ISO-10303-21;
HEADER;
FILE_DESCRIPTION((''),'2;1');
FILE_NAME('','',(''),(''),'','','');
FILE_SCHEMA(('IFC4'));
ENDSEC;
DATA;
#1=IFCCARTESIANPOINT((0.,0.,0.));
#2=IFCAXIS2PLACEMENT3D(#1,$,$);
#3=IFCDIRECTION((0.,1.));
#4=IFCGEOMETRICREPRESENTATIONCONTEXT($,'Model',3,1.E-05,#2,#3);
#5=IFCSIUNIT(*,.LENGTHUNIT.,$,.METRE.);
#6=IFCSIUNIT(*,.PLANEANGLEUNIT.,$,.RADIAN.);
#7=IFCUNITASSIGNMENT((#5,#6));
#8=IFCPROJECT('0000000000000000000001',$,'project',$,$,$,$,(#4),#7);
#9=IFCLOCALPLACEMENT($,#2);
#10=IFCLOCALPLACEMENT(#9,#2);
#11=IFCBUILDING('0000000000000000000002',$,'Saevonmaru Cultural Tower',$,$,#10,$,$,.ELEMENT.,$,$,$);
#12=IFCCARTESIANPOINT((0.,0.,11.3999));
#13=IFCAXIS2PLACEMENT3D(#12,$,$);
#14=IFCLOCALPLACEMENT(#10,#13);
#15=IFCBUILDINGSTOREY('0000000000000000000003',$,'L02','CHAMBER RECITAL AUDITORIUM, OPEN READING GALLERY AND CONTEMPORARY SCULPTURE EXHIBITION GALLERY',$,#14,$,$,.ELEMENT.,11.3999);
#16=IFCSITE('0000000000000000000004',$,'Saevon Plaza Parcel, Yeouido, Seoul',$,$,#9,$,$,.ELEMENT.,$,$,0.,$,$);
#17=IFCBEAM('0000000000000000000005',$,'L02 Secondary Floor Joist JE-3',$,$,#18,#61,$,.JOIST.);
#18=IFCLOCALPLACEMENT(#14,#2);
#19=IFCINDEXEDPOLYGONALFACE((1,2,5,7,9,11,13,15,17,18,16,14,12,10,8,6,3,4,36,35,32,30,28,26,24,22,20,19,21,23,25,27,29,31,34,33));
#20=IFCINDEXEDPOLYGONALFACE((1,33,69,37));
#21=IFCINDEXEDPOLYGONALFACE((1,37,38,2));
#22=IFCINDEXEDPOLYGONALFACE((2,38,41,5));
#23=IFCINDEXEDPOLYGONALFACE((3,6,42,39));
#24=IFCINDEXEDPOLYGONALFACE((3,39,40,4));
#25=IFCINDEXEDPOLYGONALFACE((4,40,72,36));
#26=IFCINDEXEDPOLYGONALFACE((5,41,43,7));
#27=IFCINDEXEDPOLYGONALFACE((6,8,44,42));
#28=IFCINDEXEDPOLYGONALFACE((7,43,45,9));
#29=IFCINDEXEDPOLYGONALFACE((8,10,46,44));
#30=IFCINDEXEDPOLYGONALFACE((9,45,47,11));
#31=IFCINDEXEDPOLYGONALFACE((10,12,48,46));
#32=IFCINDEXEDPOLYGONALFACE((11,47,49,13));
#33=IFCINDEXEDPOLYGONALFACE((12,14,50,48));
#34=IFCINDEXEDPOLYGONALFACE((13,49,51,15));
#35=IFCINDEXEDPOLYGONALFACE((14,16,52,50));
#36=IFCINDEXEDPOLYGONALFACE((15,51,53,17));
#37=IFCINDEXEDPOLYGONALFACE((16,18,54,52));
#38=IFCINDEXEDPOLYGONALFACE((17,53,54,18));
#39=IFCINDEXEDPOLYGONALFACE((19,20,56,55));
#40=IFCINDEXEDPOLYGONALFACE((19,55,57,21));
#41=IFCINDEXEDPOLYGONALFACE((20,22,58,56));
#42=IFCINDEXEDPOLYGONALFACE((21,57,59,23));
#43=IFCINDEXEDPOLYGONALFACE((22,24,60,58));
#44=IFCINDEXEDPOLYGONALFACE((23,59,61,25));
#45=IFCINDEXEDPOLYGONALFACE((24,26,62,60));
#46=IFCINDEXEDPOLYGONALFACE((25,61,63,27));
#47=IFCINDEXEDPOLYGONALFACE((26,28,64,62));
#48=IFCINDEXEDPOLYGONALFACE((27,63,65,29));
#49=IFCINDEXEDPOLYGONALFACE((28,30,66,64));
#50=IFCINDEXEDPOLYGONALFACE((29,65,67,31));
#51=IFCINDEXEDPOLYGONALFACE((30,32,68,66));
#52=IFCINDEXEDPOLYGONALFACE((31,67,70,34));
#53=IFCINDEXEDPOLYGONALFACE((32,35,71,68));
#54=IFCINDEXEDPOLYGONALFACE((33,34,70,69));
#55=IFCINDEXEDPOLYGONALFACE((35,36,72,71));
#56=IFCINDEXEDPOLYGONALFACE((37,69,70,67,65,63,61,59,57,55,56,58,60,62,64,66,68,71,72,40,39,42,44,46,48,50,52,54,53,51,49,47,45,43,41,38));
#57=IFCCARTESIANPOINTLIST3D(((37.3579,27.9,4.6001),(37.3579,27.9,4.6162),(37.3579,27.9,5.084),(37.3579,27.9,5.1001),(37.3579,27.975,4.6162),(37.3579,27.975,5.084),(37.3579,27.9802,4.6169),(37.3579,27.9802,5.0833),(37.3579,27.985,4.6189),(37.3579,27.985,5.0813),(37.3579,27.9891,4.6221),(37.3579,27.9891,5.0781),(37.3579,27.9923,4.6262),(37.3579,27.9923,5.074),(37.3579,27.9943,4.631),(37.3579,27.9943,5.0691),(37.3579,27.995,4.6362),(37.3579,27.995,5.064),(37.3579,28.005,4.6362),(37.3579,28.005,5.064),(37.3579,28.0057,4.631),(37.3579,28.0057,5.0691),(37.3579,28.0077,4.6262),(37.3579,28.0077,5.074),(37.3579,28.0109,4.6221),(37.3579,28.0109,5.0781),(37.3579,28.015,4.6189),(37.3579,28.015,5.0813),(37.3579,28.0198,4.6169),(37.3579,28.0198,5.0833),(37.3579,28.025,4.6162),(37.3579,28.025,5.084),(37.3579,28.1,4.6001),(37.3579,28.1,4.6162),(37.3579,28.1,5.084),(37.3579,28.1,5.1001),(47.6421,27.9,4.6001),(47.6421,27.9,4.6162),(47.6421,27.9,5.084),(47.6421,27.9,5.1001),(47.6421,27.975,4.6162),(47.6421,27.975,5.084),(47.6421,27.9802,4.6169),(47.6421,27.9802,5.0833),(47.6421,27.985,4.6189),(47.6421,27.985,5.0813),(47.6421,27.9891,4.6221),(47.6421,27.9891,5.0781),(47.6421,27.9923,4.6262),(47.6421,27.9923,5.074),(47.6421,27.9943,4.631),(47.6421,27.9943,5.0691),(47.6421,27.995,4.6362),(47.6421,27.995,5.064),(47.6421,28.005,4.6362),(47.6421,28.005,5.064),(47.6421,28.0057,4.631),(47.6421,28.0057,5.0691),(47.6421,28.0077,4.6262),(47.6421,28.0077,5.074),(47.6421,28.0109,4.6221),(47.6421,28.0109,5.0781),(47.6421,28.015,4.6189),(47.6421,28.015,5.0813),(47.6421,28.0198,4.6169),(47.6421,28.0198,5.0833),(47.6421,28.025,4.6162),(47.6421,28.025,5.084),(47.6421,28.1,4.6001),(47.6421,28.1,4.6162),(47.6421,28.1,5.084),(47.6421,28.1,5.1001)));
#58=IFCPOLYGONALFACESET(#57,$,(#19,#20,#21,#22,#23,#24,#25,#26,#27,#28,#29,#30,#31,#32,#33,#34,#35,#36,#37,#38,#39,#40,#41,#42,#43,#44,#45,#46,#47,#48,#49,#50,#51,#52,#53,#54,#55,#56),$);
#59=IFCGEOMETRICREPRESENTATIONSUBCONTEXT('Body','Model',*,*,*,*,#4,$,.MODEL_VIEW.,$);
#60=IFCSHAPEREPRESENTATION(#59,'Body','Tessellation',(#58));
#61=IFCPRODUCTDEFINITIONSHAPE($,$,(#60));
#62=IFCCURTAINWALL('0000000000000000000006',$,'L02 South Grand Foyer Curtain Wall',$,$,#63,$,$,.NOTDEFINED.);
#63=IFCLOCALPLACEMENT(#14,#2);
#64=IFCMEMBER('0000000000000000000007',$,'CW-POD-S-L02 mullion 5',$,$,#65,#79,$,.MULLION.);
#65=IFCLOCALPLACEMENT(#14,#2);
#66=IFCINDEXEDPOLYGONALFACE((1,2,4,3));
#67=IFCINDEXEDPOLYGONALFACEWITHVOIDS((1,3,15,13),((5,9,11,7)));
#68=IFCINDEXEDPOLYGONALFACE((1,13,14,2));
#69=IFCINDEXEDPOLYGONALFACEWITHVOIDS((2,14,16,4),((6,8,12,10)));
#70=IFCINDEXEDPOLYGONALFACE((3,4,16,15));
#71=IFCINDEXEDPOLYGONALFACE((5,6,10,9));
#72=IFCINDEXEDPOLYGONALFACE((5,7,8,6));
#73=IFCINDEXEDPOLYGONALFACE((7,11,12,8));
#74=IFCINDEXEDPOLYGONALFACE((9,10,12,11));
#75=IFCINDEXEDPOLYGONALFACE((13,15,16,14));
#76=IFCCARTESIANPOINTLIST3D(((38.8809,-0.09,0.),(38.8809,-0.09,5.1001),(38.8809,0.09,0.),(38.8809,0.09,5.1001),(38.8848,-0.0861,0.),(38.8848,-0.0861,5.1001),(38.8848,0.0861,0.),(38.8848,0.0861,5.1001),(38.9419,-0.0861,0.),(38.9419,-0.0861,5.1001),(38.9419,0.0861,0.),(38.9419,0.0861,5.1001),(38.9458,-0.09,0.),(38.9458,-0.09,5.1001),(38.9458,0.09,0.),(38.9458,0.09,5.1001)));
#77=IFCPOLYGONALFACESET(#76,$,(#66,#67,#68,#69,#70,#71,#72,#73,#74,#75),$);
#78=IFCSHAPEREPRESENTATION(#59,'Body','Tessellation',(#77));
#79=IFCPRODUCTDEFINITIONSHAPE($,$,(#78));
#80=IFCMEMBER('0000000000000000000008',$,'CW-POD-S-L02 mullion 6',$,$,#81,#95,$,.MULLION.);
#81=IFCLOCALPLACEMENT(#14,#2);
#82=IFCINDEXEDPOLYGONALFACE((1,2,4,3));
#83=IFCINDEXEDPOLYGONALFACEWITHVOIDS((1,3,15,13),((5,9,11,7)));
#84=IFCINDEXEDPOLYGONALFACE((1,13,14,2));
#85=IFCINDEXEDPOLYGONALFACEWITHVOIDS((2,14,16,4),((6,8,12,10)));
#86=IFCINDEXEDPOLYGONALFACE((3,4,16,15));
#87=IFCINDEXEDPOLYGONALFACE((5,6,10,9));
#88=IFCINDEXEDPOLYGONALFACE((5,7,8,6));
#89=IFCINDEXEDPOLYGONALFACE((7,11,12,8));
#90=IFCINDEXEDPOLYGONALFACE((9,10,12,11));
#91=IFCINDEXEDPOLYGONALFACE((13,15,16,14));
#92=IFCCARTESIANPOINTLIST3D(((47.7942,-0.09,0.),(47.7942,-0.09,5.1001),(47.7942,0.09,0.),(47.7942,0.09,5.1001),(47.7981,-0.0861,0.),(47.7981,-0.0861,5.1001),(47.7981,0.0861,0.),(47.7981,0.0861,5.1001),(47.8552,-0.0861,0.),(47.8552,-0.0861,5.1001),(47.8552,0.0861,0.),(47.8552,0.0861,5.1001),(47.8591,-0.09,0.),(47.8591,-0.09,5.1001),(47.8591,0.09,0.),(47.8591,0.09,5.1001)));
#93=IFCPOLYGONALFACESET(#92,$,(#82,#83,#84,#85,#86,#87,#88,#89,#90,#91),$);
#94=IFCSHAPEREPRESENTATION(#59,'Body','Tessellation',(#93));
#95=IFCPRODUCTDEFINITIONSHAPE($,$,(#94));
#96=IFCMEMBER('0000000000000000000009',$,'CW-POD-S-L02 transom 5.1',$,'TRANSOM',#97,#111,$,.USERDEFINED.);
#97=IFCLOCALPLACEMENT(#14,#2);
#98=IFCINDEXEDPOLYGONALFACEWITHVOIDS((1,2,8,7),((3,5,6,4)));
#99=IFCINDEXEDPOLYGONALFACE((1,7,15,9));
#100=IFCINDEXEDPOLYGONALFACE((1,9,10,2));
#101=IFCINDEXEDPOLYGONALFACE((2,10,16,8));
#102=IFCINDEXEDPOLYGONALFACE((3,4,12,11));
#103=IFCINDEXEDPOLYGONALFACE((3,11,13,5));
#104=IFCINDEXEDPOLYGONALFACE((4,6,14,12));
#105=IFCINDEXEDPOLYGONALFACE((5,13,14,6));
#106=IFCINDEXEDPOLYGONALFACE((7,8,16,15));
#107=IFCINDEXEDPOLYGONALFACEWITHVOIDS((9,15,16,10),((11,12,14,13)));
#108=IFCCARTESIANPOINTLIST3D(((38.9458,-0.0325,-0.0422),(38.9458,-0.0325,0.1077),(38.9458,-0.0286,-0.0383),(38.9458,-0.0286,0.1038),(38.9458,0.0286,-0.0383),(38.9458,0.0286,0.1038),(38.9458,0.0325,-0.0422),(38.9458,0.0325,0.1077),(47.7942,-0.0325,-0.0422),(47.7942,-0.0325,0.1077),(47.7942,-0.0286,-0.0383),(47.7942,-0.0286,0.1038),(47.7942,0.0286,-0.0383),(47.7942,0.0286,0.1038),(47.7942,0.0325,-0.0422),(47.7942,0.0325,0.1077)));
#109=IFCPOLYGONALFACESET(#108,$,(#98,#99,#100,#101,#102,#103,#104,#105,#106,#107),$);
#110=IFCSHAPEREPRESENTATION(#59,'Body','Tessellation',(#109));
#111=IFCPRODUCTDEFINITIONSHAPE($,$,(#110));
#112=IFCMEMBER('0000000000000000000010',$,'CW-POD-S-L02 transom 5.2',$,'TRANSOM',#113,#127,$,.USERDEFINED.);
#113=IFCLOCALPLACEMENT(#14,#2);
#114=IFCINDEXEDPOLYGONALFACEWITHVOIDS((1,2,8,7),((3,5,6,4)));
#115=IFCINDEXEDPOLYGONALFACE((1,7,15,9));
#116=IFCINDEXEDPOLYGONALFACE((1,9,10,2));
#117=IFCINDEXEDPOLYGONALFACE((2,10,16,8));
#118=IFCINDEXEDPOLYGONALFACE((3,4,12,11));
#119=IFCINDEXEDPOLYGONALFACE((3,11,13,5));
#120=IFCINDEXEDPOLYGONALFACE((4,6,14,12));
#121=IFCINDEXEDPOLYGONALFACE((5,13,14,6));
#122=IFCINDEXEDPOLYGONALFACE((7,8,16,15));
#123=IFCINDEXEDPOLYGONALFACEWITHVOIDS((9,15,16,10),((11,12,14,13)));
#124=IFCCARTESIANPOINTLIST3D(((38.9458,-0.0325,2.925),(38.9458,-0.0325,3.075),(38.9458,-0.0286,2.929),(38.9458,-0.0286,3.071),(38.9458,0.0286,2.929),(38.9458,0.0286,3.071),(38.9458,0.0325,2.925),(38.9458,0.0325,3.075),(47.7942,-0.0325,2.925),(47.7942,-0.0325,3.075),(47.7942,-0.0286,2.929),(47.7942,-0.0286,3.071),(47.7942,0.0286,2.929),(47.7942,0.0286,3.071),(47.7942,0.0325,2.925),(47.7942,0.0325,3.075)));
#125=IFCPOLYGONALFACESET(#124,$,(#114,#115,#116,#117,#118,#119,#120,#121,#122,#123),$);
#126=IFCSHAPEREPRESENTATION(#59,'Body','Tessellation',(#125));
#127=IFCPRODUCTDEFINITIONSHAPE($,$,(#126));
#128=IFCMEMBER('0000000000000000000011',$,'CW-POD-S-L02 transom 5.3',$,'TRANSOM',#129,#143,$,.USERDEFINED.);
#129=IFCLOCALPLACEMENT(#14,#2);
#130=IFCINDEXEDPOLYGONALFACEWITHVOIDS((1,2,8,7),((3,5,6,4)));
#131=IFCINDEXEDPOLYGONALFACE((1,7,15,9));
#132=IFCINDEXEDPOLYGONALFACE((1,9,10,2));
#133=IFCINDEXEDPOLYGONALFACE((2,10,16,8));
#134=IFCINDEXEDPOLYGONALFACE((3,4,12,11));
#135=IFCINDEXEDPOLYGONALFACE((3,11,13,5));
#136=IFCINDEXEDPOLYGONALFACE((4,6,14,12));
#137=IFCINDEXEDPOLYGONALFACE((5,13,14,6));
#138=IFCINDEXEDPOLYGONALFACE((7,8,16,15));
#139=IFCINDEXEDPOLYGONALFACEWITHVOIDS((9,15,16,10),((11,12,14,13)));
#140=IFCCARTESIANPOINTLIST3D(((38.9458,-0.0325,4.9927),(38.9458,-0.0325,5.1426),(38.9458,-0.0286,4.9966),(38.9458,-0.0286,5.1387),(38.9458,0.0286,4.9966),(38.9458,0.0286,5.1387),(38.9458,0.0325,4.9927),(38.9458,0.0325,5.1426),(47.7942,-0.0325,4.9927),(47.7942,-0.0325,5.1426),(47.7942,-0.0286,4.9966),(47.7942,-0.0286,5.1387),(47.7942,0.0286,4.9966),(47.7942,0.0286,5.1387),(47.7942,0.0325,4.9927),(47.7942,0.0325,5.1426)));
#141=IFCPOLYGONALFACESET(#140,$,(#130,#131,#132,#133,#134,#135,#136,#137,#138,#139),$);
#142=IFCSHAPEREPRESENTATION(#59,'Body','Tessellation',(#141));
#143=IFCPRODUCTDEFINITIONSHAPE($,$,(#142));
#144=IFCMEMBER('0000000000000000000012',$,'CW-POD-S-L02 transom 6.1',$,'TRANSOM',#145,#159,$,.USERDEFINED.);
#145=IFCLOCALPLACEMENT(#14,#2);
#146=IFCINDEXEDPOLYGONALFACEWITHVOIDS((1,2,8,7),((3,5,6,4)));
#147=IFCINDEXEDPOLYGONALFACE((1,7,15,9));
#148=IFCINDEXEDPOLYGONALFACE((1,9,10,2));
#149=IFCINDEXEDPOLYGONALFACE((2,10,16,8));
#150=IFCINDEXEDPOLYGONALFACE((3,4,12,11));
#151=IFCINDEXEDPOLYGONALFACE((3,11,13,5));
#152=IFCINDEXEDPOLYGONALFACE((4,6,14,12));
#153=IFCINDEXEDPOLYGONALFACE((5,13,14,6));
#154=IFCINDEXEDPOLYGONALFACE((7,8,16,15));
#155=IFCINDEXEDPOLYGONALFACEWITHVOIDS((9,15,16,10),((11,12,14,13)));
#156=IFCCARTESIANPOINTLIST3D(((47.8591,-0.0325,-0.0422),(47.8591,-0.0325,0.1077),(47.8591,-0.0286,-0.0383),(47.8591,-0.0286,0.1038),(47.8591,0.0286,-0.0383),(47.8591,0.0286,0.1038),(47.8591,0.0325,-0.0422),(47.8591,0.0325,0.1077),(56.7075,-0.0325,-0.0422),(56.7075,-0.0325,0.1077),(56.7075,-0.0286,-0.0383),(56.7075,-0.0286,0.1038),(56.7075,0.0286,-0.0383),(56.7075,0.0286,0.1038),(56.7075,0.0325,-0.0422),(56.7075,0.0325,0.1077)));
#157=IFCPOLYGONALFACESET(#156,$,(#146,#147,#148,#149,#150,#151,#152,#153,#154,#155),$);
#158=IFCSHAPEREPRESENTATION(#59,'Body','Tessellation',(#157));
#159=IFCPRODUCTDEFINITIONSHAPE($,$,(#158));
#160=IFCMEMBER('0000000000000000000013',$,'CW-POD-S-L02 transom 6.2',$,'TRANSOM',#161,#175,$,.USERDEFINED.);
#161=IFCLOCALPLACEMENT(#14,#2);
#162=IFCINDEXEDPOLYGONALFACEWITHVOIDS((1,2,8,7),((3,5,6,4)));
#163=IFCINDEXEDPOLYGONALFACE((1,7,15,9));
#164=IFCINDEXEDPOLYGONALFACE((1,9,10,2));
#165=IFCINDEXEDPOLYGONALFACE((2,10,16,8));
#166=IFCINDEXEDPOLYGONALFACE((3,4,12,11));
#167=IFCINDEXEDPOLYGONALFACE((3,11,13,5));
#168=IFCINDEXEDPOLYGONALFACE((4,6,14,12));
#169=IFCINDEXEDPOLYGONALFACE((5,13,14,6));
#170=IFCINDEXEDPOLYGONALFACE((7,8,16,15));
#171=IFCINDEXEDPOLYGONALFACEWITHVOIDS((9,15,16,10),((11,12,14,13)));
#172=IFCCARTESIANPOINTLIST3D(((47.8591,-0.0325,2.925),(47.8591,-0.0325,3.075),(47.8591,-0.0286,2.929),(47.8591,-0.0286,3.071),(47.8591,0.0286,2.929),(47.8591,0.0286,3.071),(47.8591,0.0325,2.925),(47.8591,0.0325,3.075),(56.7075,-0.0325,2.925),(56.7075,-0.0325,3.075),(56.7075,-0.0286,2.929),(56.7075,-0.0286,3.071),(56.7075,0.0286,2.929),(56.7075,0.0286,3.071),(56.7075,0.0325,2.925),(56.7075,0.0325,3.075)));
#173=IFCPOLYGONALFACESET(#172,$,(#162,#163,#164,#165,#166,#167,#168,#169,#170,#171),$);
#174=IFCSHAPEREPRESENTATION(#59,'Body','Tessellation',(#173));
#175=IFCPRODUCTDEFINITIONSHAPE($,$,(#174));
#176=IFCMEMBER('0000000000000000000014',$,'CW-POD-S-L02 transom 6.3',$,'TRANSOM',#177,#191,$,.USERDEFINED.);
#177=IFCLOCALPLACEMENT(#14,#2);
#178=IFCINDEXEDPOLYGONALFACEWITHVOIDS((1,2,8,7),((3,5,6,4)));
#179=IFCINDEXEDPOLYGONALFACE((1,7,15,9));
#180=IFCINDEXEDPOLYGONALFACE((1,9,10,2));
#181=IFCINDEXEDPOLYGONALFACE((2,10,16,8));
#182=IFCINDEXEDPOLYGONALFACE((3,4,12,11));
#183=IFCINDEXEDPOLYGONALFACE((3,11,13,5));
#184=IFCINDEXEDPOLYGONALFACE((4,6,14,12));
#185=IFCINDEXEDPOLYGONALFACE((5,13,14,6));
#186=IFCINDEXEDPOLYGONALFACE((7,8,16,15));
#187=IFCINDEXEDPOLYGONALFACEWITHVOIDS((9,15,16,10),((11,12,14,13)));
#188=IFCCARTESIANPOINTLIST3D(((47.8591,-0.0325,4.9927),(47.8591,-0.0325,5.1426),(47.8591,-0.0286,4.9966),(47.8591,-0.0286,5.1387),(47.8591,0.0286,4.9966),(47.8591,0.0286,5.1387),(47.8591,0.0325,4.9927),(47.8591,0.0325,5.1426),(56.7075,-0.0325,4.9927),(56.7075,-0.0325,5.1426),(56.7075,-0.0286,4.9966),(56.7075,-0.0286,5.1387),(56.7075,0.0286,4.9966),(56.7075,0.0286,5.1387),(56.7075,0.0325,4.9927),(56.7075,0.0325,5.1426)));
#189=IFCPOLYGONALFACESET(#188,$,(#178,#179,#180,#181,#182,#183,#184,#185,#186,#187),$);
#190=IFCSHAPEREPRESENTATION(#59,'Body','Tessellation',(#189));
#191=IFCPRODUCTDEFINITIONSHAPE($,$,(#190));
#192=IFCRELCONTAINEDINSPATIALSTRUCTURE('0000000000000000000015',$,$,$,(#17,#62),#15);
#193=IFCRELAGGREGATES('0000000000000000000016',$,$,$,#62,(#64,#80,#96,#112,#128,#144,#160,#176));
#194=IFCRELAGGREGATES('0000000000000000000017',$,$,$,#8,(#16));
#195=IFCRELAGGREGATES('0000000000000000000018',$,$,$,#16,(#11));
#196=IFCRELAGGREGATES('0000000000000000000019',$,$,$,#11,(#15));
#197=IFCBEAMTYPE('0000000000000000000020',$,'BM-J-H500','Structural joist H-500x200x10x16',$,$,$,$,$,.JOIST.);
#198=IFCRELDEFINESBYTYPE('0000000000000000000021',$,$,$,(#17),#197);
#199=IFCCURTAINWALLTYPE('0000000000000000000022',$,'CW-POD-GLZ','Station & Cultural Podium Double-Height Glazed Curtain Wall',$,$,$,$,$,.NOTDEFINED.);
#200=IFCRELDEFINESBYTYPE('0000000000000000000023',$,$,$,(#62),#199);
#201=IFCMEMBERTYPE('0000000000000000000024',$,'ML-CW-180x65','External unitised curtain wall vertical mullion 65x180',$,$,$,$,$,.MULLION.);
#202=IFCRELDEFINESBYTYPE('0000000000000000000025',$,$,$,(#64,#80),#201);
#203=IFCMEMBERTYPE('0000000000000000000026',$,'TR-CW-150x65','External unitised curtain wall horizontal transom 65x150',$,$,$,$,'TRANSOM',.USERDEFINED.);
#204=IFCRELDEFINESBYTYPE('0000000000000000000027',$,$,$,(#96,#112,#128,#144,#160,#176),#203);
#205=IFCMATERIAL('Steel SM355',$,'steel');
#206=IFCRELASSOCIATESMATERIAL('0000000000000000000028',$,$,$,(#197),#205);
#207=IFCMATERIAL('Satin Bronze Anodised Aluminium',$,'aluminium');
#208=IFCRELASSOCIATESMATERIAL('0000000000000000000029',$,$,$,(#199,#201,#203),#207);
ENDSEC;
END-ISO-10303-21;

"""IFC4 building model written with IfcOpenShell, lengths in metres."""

from ifc_helpers import new_model, si_unit, direction, frame, origin, origin_2d, place, context, subcontext, project, spatial, hollow_rectangle, i_section, extrude, material, material_profile, profile_set, type_object, element, aggregate, save


model = new_model("IFC4")

# Units and contexts
model_context = context("Model", 3, precision=1e-05, world=origin(), true_north=direction((0.0, 1.0)))
body_context = subcontext(model_context, "Body", "Model", "MODEL_VIEW")
ifc_project = project(units=[si_unit("LENGTHUNIT", "METRE"), si_unit("PLANEANGLEUNIT", "RADIAN")], contexts=[model_context])

# Site, building, storey
site_placement = place(None, origin())
site = spatial("IfcSite", under=ifc_project, at=site_placement, Name="Saevon Plaza Parcel, Yeouido, Seoul", CompositionType="ELEMENT", RefElevation=0.0)
building_placement = place(site_placement, origin())
building = spatial("IfcBuilding", under=site, at=building_placement, Name="Saevonmaru Cultural Tower", CompositionType="ELEMENT")
storey_placement = place(building_placement, frame((0.0, 0.0, 11.3999)))
storey = spatial("IfcBuildingStorey", under=building, at=storey_placement, Name="L02", Description="CHAMBER RECITAL AUDITORIUM, OPEN READING GALLERY AND CONTEMPORARY SCULPTURE EXHIBITION GALLERY", CompositionType="ELEMENT", Elevation=11.3999)

# Shared definitions
ifc_material_1 = material(Name="Steel SM355", Category="steel")

# Beam
ifc_material_profile_1 = material_profile(ifc_material_1, i_section(OverallWidth=0.2, OverallDepth=0.5, WebThickness=0.01, FlangeThickness=0.0161, FilletRadius=0.02, at=origin_2d()), Name="H-500x200x10x16")
ifc_profile_set_1 = profile_set([ifc_material_profile_1], Name="Steel SM355")
beam_type_1 = type_object("IfcBeamType", Name="BM-J-H500", Description="Structural joist H-500x200x10x16", PredefinedType="JOIST", material=ifc_profile_set_1)
beam_1_placement = place(storey_placement, frame((37.3579, 28.0, 4.8501), z_axis=(1.0, 0.0, 0.0), x_axis=(0.0, 1.0, 0.0)))
element("IfcBeam", 1, at=beam_1_placement, inside=storey, type_object=beam_type_1, Name="L02 Secondary Floor Joist JE-3", PredefinedType="JOIST", context=body_context, shape_type="SweptSolid", body=[
    extrude(i_section(OverallWidth=0.2, OverallDepth=0.5, WebThickness=0.01, FlangeThickness=0.0161, FilletRadius=0.02, at=origin_2d()), origin(), (0.0, 0.0, 1.0), 10.2842),
])

# Curtain wall, members
ifc_material_2 = material(Name="Satin Bronze Anodised Aluminium", Category="aluminium")
curtain_wall_type = type_object("IfcCurtainWallType", Name="CW-POD-GLZ", Description="Station & Cultural Podium Double-Height Glazed Curtain Wall", PredefinedType="NOTDEFINED", material=ifc_material_2)
curtain_wall_placement = place(storey_placement, origin())
curtain_wall = element("IfcCurtainWall", 2, at=curtain_wall_placement, inside=storey, type_object=curtain_wall_type, Name="L02 South Grand Foyer Curtain Wall", PredefinedType="NOTDEFINED")
ifc_material_profile_2 = material_profile(ifc_material_2, hollow_rectangle(XDim=0.0649, YDim=0.1799, WallThickness=0.0039, at=origin_2d()), Name="ALU-MULL-180x65x4")
ifc_profile_set_2 = profile_set([ifc_material_profile_2], Name="Satin Bronze Anodised Aluminium")
member_type_1 = type_object("IfcMemberType", Name="ML-CW-180x65", Description="External unitised curtain wall vertical mullion 65x180", PredefinedType="MULLION", material=ifc_profile_set_2)
member_1_placement = place(storey_placement, frame((38.9133, 0.0, 0.0), z_axis=(0.0, 0.0, 1.0), x_axis=(1.0, 0.0, 0.0)))
member_1 = element("IfcMember", 3, at=member_1_placement, type_object=member_type_1, Name="CW-POD-S-L02 mullion 5", PredefinedType="MULLION", context=body_context, shape_type="SweptSolid", body=[
    extrude(hollow_rectangle(XDim=0.0649, YDim=0.1799, WallThickness=0.0039, at=origin_2d()), origin(), (0.0, 0.0, 1.0), 5.1001),
])
member_2_placement = place(storey_placement, frame((47.8267, 0.0, 0.0), z_axis=(0.0, 0.0, 1.0), x_axis=(1.0, 0.0, 0.0)))
member_2 = element("IfcMember", 4, at=member_2_placement, type_object=member_type_1, Name="CW-POD-S-L02 mullion 6", PredefinedType="MULLION", context=body_context, shape_type="SweptSolid", body=[
    extrude(hollow_rectangle(XDim=0.0649, YDim=0.1799, WallThickness=0.0039, at=origin_2d()), origin(), (0.0, 0.0, 1.0), 5.1001),
])
ifc_material_profile_3 = material_profile(ifc_material_2, hollow_rectangle(XDim=0.0649, YDim=0.1499, WallThickness=0.0039, at=origin_2d()), Name="ALU-TRAN-150x65x4")
ifc_profile_set_3 = profile_set([ifc_material_profile_3], Name="Satin Bronze Anodised Aluminium")
member_type_2 = type_object("IfcMemberType", Name="TR-CW-150x65", Description="External unitised curtain wall horizontal transom 65x150", ElementType="TRANSOM", PredefinedType="USERDEFINED", material=ifc_profile_set_3)
member_3_placement = place(storey_placement, frame((38.9458, 0.0, 0.0327), z_axis=(1.0, 0.0, 0.0), x_axis=(0.0, 1.0, 0.0)))
member_3 = element("IfcMember", 5, at=member_3_placement, type_object=member_type_2, Name="CW-POD-S-L02 transom 5.1", ObjectType="TRANSOM", PredefinedType="USERDEFINED", context=body_context, shape_type="SweptSolid", body=[
    extrude(hollow_rectangle(XDim=0.0649, YDim=0.1499, WallThickness=0.0039, at=origin_2d()), origin(), (0.0, 0.0, 1.0), 8.8484),
])
member_4_placement = place(storey_placement, frame((38.9458, 0.0, 3.0), z_axis=(1.0, 0.0, 0.0), x_axis=(0.0, 1.0, 0.0)))
member_4 = element("IfcMember", 6, at=member_4_placement, type_object=member_type_2, Name="CW-POD-S-L02 transom 5.2", ObjectType="TRANSOM", PredefinedType="USERDEFINED", context=body_context, shape_type="SweptSolid", body=[
    extrude(hollow_rectangle(XDim=0.0649, YDim=0.1499, WallThickness=0.0039, at=origin_2d()), origin(), (0.0, 0.0, 1.0), 8.8484),
])
member_5_placement = place(storey_placement, frame((38.9458, 0.0, 5.0676), z_axis=(1.0, 0.0, 0.0), x_axis=(0.0, 1.0, 0.0)))
member_5 = element("IfcMember", 7, at=member_5_placement, type_object=member_type_2, Name="CW-POD-S-L02 transom 5.3", ObjectType="TRANSOM", PredefinedType="USERDEFINED", context=body_context, shape_type="SweptSolid", body=[
    extrude(hollow_rectangle(XDim=0.0649, YDim=0.1499, WallThickness=0.0039, at=origin_2d()), origin(), (0.0, 0.0, 1.0), 8.8484),
])
member_6_placement = place(storey_placement, frame((47.8591, 0.0, 0.0327), z_axis=(1.0, 0.0, 0.0), x_axis=(0.0, 1.0, 0.0)))
member_6 = element("IfcMember", 8, at=member_6_placement, type_object=member_type_2, Name="CW-POD-S-L02 transom 6.1", ObjectType="TRANSOM", PredefinedType="USERDEFINED", context=body_context, shape_type="SweptSolid", body=[
    extrude(hollow_rectangle(XDim=0.0649, YDim=0.1499, WallThickness=0.0039, at=origin_2d()), origin(), (0.0, 0.0, 1.0), 8.8484),
])
member_7_placement = place(storey_placement, frame((47.8591, 0.0, 3.0), z_axis=(1.0, 0.0, 0.0), x_axis=(0.0, 1.0, 0.0)))
member_7 = element("IfcMember", 9, at=member_7_placement, type_object=member_type_2, Name="CW-POD-S-L02 transom 6.2", ObjectType="TRANSOM", PredefinedType="USERDEFINED", context=body_context, shape_type="SweptSolid", body=[
    extrude(hollow_rectangle(XDim=0.0649, YDim=0.1499, WallThickness=0.0039, at=origin_2d()), origin(), (0.0, 0.0, 1.0), 8.8484),
])
member_8_placement = place(storey_placement, frame((47.8591, 0.0, 5.0676), z_axis=(1.0, 0.0, 0.0), x_axis=(0.0, 1.0, 0.0)))
member_8 = element("IfcMember", 10, at=member_8_placement, type_object=member_type_2, Name="CW-POD-S-L02 transom 6.3", ObjectType="TRANSOM", PredefinedType="USERDEFINED", context=body_context, shape_type="SweptSolid", body=[
    extrude(hollow_rectangle(XDim=0.0649, YDim=0.1499, WallThickness=0.0039, at=origin_2d()), origin(), (0.0, 0.0, 1.0), 8.8484),
])
aggregate(curtain_wall, [member_1, member_2, member_3, member_4, member_5, member_6, member_7, member_8])

save(model, "model.ifc")
